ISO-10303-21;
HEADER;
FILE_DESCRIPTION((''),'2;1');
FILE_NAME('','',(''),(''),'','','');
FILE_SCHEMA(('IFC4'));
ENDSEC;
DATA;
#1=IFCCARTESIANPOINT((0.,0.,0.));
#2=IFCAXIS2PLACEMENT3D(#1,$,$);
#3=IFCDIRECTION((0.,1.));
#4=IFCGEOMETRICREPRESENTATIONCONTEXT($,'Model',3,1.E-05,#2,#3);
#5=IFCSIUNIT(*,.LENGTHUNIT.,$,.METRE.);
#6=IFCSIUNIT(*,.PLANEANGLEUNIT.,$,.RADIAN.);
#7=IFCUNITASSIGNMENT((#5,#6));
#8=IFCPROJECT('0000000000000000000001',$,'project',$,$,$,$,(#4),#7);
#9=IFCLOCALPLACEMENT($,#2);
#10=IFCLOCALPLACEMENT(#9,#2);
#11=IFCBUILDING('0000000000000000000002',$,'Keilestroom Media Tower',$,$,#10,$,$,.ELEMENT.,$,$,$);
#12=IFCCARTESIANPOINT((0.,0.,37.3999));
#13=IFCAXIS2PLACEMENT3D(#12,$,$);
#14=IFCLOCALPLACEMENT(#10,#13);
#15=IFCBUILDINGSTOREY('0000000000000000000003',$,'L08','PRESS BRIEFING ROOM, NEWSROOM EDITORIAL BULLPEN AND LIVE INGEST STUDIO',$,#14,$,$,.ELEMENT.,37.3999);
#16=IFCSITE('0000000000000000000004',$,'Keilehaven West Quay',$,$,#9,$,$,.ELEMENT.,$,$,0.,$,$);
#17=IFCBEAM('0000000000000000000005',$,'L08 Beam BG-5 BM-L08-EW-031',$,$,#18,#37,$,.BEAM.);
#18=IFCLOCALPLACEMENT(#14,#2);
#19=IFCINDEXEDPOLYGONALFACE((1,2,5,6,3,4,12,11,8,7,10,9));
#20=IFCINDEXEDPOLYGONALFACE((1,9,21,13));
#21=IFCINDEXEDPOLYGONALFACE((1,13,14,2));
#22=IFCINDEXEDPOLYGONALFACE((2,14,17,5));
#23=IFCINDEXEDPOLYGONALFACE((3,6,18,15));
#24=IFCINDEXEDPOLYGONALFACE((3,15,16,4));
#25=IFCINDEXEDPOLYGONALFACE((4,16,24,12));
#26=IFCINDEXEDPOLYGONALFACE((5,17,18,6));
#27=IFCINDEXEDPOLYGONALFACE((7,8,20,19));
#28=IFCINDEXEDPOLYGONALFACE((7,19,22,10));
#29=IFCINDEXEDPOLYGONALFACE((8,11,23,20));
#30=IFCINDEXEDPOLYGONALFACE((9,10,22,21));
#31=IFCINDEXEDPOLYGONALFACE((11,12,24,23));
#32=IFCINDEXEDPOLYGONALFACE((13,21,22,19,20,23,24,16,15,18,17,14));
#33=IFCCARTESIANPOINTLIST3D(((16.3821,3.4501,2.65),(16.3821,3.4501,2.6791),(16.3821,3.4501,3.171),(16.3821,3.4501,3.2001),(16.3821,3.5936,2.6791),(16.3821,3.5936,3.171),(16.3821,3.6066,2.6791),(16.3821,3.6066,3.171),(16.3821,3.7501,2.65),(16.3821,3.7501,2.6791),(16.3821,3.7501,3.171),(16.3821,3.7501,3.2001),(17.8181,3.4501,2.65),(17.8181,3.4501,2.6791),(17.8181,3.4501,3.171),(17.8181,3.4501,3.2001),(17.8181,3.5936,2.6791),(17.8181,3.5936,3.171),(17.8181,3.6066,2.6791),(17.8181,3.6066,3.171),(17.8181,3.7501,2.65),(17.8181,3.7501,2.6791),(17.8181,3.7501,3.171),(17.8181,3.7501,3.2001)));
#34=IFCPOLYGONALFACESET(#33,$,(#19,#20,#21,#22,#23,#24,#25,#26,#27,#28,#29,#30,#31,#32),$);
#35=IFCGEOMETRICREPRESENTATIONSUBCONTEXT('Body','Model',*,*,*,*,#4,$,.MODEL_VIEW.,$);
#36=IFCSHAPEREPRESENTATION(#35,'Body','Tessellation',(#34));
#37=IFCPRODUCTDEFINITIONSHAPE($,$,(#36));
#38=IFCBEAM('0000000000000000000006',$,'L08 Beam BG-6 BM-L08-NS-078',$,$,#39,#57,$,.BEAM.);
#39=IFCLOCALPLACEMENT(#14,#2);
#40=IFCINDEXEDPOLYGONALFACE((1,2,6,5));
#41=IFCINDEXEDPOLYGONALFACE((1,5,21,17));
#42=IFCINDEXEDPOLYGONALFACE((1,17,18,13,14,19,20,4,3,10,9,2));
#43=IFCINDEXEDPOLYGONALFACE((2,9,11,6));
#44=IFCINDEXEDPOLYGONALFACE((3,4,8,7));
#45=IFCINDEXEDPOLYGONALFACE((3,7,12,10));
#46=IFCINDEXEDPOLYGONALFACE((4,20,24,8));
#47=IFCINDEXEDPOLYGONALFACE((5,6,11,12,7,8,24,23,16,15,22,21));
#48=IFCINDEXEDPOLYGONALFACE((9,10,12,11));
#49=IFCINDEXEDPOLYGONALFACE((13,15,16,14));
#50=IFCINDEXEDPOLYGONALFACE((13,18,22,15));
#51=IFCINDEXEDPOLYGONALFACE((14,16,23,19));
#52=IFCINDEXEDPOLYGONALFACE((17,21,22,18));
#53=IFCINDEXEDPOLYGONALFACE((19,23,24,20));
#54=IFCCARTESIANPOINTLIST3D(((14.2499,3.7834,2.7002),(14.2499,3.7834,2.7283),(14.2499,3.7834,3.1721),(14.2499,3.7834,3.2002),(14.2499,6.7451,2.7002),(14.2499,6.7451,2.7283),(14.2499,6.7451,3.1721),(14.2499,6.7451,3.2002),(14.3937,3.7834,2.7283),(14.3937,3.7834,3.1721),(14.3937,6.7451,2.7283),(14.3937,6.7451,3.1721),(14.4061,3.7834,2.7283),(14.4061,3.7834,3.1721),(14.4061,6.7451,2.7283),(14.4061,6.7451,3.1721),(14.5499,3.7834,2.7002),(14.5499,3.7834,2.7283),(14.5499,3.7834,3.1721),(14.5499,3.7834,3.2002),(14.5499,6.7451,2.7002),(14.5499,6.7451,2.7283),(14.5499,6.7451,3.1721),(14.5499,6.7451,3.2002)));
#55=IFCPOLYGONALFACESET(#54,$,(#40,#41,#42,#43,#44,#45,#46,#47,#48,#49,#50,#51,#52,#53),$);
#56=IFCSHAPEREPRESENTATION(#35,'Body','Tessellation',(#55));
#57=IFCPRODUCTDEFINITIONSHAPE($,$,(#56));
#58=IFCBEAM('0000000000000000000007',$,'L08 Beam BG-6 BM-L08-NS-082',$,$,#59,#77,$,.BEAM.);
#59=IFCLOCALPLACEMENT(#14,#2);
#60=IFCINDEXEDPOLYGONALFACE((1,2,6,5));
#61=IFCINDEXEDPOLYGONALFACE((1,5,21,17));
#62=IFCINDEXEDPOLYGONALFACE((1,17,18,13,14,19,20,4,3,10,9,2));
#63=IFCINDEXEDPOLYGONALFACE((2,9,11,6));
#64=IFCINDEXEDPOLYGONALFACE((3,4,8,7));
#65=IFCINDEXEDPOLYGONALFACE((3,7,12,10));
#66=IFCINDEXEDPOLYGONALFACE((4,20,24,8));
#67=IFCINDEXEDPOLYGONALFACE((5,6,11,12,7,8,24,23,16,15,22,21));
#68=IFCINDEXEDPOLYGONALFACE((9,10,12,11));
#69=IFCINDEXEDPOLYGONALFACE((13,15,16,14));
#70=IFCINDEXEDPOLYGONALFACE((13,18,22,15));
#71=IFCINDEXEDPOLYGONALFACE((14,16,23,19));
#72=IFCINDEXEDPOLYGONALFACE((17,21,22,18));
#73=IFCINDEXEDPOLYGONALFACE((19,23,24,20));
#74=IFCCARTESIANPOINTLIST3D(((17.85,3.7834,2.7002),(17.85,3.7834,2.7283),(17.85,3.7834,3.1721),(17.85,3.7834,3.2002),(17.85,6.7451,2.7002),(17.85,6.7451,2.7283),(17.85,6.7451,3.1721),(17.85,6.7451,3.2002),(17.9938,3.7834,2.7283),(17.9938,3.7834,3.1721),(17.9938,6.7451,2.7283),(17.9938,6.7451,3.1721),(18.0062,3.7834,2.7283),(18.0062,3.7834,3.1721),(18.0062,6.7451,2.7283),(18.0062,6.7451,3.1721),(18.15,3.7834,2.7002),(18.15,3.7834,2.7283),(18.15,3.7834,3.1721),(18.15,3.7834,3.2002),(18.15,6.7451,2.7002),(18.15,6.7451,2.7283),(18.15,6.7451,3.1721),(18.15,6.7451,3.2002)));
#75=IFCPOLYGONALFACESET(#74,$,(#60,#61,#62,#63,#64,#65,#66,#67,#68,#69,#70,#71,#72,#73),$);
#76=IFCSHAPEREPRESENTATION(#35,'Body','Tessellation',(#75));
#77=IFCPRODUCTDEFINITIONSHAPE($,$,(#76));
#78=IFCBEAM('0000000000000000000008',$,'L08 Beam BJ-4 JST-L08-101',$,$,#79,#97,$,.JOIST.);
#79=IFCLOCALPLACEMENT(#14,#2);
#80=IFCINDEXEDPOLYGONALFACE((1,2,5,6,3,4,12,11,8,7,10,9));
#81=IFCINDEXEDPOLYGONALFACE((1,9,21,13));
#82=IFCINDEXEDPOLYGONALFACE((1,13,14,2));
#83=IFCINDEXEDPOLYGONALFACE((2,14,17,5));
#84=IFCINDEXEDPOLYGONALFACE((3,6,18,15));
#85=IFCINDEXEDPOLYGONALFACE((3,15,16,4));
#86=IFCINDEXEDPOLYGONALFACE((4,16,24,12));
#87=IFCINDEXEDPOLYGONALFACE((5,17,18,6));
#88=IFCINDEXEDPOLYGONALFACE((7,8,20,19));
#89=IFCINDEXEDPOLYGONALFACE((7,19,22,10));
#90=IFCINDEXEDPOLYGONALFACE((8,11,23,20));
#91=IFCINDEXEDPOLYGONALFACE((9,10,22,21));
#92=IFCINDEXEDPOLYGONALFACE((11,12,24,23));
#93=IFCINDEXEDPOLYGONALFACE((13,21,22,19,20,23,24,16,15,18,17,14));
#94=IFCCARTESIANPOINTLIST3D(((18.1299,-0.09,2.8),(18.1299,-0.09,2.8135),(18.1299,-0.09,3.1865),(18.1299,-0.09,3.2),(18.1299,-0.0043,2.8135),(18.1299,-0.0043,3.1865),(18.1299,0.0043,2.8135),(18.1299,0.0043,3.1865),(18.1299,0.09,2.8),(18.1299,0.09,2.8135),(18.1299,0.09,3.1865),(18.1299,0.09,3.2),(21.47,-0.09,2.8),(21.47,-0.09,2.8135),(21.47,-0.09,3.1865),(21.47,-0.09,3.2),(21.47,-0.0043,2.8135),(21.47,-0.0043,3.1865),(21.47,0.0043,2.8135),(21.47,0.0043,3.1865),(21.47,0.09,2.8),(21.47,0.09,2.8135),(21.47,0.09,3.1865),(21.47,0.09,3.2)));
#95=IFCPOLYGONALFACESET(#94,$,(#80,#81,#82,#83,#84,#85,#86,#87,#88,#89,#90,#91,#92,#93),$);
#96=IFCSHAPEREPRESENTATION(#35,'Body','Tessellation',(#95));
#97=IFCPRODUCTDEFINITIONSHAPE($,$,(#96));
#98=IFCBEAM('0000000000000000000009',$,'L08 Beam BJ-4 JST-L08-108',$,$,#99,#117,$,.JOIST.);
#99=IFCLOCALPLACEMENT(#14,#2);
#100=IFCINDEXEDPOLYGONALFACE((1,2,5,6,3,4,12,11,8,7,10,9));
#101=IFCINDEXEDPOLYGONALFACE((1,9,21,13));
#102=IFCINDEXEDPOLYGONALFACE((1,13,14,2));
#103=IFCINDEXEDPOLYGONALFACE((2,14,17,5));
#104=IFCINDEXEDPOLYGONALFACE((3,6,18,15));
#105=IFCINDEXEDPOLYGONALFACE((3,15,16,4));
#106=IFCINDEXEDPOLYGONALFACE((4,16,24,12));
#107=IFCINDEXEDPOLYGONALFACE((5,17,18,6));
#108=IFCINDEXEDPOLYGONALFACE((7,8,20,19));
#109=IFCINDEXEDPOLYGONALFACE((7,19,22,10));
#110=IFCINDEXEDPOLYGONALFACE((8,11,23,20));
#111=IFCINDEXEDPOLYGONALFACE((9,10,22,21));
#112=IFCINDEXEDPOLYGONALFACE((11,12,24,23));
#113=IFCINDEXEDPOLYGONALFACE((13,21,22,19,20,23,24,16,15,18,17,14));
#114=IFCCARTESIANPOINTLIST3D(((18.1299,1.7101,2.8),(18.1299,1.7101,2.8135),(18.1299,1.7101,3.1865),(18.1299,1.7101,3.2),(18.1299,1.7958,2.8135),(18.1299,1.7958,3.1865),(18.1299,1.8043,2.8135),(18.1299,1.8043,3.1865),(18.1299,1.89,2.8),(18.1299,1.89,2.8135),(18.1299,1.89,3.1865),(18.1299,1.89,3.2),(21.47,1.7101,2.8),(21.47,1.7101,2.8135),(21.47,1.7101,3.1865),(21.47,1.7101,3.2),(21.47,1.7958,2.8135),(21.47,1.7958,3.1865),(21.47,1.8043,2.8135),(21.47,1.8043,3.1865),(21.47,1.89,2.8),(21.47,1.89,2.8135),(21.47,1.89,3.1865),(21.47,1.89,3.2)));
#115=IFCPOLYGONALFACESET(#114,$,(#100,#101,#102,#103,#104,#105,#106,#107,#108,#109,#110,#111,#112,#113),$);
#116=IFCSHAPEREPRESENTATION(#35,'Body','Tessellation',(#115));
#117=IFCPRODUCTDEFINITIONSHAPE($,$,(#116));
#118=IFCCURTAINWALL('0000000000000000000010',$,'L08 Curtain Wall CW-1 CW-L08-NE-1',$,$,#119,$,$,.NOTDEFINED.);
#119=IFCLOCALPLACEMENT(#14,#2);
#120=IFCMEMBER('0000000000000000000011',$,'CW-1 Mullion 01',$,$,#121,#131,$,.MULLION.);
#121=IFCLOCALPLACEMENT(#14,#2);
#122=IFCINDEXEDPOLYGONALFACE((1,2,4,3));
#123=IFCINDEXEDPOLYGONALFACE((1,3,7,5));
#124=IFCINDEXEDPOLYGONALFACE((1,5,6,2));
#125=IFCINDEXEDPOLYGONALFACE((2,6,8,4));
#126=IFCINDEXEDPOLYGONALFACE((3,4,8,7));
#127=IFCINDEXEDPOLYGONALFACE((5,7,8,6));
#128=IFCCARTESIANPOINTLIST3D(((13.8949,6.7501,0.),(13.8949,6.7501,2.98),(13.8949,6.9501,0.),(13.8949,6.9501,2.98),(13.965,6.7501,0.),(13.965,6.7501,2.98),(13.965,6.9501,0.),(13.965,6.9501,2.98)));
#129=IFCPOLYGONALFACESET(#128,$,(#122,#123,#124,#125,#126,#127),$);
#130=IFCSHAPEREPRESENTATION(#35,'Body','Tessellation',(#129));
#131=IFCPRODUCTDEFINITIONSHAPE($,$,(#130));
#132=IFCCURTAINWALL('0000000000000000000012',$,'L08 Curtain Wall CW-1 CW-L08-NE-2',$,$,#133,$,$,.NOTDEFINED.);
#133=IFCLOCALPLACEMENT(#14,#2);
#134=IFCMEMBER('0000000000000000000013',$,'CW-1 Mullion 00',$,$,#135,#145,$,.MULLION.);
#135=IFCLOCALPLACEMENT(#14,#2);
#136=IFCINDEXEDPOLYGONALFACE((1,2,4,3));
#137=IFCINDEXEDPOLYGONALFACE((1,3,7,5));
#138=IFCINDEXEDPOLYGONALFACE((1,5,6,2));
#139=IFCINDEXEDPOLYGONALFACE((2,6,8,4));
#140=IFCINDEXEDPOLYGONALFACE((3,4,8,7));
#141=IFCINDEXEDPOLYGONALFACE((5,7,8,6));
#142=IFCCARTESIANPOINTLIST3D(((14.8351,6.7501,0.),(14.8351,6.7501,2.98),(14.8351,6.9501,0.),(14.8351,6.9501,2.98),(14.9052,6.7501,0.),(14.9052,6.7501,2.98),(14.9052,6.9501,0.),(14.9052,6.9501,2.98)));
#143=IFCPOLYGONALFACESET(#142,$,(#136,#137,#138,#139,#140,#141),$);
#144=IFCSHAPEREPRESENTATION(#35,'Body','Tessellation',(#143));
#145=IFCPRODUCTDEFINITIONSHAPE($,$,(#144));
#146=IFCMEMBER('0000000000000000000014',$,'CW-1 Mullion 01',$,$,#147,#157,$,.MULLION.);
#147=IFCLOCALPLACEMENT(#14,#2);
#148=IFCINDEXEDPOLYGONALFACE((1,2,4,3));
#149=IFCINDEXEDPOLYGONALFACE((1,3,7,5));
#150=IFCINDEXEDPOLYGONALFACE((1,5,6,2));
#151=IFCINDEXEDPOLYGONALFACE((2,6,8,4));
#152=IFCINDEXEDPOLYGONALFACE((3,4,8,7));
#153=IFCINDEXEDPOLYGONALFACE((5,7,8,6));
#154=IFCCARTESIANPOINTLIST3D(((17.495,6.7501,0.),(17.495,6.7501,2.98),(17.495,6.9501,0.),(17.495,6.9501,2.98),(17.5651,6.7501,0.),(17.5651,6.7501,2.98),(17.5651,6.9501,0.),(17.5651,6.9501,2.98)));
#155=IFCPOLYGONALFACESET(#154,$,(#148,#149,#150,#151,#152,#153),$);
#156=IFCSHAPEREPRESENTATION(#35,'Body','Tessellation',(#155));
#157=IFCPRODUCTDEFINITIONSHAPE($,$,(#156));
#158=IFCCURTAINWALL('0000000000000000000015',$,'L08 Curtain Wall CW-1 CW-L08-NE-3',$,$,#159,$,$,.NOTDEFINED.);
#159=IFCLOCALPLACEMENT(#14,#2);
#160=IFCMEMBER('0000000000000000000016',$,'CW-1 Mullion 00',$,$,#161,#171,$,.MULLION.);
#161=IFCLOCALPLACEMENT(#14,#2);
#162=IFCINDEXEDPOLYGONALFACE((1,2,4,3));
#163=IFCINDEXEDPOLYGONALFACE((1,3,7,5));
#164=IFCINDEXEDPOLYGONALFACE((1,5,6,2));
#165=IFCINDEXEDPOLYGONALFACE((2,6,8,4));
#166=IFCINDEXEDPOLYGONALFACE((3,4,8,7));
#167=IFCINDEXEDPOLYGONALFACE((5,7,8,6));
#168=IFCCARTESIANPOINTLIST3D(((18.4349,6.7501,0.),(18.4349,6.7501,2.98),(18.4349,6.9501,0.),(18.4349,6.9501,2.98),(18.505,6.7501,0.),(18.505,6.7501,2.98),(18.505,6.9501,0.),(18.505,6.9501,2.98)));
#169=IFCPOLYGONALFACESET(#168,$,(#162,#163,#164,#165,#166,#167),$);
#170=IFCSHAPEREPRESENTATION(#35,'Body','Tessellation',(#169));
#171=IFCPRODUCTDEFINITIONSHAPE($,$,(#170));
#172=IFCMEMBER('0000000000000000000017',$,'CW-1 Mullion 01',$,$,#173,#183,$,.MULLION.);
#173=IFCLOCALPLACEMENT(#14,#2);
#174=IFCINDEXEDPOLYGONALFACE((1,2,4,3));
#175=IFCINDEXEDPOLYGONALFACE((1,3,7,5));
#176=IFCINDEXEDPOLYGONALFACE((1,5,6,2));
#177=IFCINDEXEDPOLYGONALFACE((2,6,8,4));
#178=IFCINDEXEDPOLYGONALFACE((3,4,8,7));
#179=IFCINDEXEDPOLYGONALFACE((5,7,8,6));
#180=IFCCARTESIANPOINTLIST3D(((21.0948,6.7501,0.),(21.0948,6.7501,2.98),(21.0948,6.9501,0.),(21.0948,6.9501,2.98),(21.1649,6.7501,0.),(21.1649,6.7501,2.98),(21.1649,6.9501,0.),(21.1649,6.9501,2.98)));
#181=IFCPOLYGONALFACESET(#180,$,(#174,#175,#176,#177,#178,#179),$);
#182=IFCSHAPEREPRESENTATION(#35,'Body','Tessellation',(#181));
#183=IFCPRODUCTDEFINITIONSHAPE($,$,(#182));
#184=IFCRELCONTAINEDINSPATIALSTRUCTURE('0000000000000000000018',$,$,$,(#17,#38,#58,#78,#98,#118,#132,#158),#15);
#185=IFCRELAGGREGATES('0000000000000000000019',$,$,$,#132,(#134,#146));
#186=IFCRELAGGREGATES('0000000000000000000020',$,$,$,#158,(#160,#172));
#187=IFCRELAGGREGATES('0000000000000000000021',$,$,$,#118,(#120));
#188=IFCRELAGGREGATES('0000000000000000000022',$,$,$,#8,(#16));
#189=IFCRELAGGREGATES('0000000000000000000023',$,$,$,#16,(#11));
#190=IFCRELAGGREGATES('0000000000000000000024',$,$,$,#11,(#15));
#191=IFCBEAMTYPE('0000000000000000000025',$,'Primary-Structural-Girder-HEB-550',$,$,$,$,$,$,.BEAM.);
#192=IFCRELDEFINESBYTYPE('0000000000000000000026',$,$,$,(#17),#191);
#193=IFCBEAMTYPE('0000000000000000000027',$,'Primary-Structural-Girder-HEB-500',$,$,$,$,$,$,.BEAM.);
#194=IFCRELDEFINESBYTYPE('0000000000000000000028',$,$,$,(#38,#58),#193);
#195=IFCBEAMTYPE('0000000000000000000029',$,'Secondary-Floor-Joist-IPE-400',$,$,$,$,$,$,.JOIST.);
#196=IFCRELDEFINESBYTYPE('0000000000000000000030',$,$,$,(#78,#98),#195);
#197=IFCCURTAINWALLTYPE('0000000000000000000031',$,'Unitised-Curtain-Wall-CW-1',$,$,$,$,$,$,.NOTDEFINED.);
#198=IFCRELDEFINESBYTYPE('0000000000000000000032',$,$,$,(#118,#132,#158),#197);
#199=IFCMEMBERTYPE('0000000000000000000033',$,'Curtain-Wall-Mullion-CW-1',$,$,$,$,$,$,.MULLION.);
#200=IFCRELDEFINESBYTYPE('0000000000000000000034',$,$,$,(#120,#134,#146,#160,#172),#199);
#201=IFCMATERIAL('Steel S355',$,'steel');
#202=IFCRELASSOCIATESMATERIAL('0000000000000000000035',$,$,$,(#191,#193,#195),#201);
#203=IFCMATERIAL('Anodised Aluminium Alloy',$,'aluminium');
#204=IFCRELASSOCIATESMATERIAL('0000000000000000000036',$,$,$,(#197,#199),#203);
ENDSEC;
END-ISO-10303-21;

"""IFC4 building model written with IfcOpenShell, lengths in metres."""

from ifc_helpers import new_model, si_unit, direction, frame, origin, origin_2d, place, context, subcontext, project, spatial, rectangle, i_section, extrude, source, transform, mapped, material, material_profile, profile_set, type_object, element, aggregate, save


model = new_model("IFC4")

# Units and contexts
model_context = context("Model", 3, precision=1e-05, world=origin(), true_north=direction((0.0, 1.0)))
body_context = subcontext(model_context, "Body", "Model", "MODEL_VIEW")
ifc_project = project(units=[si_unit("LENGTHUNIT", "METRE"), si_unit("PLANEANGLEUNIT", "RADIAN")], contexts=[model_context])

# Site, building, storey
site_placement = place(None, origin())
site = spatial("IfcSite", under=ifc_project, at=site_placement, Name="Keilehaven West Quay", CompositionType="ELEMENT", RefElevation=0.0)
building_placement = place(site_placement, origin())
building = spatial("IfcBuilding", under=site, at=building_placement, Name="Keilestroom Media Tower", CompositionType="ELEMENT")
storey_placement = place(building_placement, frame((0.0, 0.0, 37.3999)))
storey = spatial("IfcBuildingStorey", under=building, at=storey_placement, Name="L08", Description="PRESS BRIEFING ROOM, NEWSROOM EDITORIAL BULLPEN AND LIVE INGEST STUDIO", CompositionType="ELEMENT", Elevation=37.3999)

# Beams
ifc_material_1 = material(Name="Steel S355", Category="steel")
ifc_material_profile_1 = material_profile(ifc_material_1, i_section(OverallWidth=0.3, OverallDepth=0.55, WebThickness=0.0129, FlangeThickness=0.0291, at=origin_2d()), Name="HEB 550")
ifc_profile_set_1 = profile_set([ifc_material_profile_1], Name="Steel S355")
beam_type_1 = type_object("IfcBeamType", Name="Primary-Structural-Girder-HEB-550", PredefinedType="BEAM", material=ifc_profile_set_1)
shared_shape_1 = source(origin(), body_context, "Body", "SweptSolid", [
    extrude(i_section(OverallWidth=0.3, OverallDepth=0.55, WebThickness=0.0129, FlangeThickness=0.0291, at=origin_2d()), origin(), (0.0, 0.0, 1.0), 1.436),
])
for number, where, z_axis, x_axis, name in (
    (1, (16.3821, 3.6001, 2.925), (1.0, 0.0, 0.0), (0.0, 1.0, 0.0), "L08 Beam BG-5 BM-L08-EW-031"),
):
    element("IfcBeam", number, at=place(storey_placement, frame(where, z_axis=z_axis, x_axis=x_axis)), inside=storey, type_object=beam_type_1, Name=name, PredefinedType="BEAM", context=body_context, shape_type="MappedRepresentation", body=[
        mapped(shared_shape_1, transform((0.0, 0.0, 0.0), x_axis=(1.0, 0.0, 0.0), y_axis=(0.0, 1.0, 0.0), z_axis=(0.0, 0.0, 1.0), scale=1.0)),
    ])
ifc_material_profile_2 = material_profile(ifc_material_1, i_section(OverallWidth=0.3, OverallDepth=0.5, WebThickness=0.0125, FlangeThickness=0.0281, at=origin_2d()), Name="HEB 500")
ifc_profile_set_2 = profile_set([ifc_material_profile_2], Name="Steel S355")
beam_type_2 = type_object("IfcBeamType", Name="Primary-Structural-Girder-HEB-500", PredefinedType="BEAM", material=ifc_profile_set_2)
shared_shape_2 = source(origin(), body_context, "Body", "SweptSolid", [
    extrude(i_section(OverallWidth=0.3, OverallDepth=0.5, WebThickness=0.0125, FlangeThickness=0.0281, at=origin_2d()), origin(), (0.0, 0.0, 1.0), 2.9617),
])
for number, where, z_axis, x_axis, name in (
    (2, (14.3999, 3.7834, 2.9502), (0.0, 1.0, 0.0), (-1.0, 0.0, 0.0), "L08 Beam BG-6 BM-L08-NS-078"),
    (3, (18.0, 3.7834, 2.9502), (0.0, 1.0, 0.0), (-1.0, 0.0, 0.0), "L08 Beam BG-6 BM-L08-NS-082"),
):
    element("IfcBeam", number, at=place(storey_placement, frame(where, z_axis=z_axis, x_axis=x_axis)), inside=storey, type_object=beam_type_2, Name=name, PredefinedType="BEAM", context=body_context, shape_type="MappedRepresentation", body=[
        mapped(shared_shape_2, transform((0.0, 0.0, 0.0), x_axis=(1.0, 0.0, 0.0), y_axis=(0.0, 1.0, 0.0), z_axis=(0.0, 0.0, 1.0), scale=1.0)),
    ])
ifc_material_profile_3 = material_profile(ifc_material_1, i_section(OverallWidth=0.1799, OverallDepth=0.3999, WebThickness=0.0085, FlangeThickness=0.0134, at=origin_2d()), Name="IPE 400")
ifc_profile_set_3 = profile_set([ifc_material_profile_3], Name="Steel S355")
beam_type_3 = type_object("IfcBeamType", Name="Secondary-Floor-Joist-IPE-400", PredefinedType="JOIST", material=ifc_profile_set_3)
shared_shape_3 = source(origin(), body_context, "Body", "SweptSolid", [
    extrude(i_section(OverallWidth=0.1799, OverallDepth=0.3999, WebThickness=0.0085, FlangeThickness=0.0134, at=origin_2d()), origin(), (0.0, 0.0, 1.0), 3.3401),
])
for number, where, z_axis, x_axis, name in (
    (4, (18.1299, 0.0, 3.0), (1.0, 0.0, 0.0), (0.0, 1.0, 0.0), "L08 Beam BJ-4 JST-L08-101"),
    (5, (18.1299, 1.8, 3.0), (1.0, 0.0, 0.0), (0.0, 1.0, 0.0), "L08 Beam BJ-4 JST-L08-108"),
):
    element("IfcBeam", number, at=place(storey_placement, frame(where, z_axis=z_axis, x_axis=x_axis)), inside=storey, type_object=beam_type_3, Name=name, PredefinedType="JOIST", context=body_context, shape_type="MappedRepresentation", body=[
        mapped(shared_shape_3, transform((0.0, 0.0, 0.0), x_axis=(1.0, 0.0, 0.0), y_axis=(0.0, 1.0, 0.0), z_axis=(0.0, 0.0, 1.0), scale=1.0)),
    ])

# Curtain wall, member
ifc_material_2 = material(Name="Anodised Aluminium Alloy", Category="aluminium")
curtain_wall_type = type_object("IfcCurtainWallType", Name="Unitised-Curtain-Wall-CW-1", PredefinedType="NOTDEFINED", material=ifc_material_2)
curtain_wall_1_placement = place(storey_placement, origin())
curtain_wall_1 = element("IfcCurtainWall", 6, at=curtain_wall_1_placement, inside=storey, type_object=curtain_wall_type, Name="L08 Curtain Wall CW-1 CW-L08-NE-1", PredefinedType="NOTDEFINED")
ifc_material_profile_4 = material_profile(ifc_material_2, rectangle(XDim=0.0701, YDim=0.2, at=origin_2d()), Name="ALU MULLION 70x200")
ifc_profile_set_4 = profile_set([ifc_material_profile_4], Name="Anodised Aluminium Alloy")
member_type_1 = type_object("IfcMemberType", Name="Curtain-Wall-Mullion-CW-1", PredefinedType="MULLION", material=ifc_profile_set_4)
shared_shape_4 = source(origin(), body_context, "Body", "SweptSolid", [
    extrude(rectangle(XDim=0.0701, YDim=0.2, at=origin_2d()), origin(), (0.0, 0.0, 1.0), 2.98),
])
member_1_placement = place(storey_placement, frame((13.9299, 6.8501, 0.0), z_axis=(0.0, 0.0, 1.0), x_axis=(1.0, 0.0, 0.0)))
member_1 = element("IfcMember", 7, at=member_1_placement, type_object=member_type_1, Name="CW-1 Mullion 01", PredefinedType="MULLION", context=body_context, shape_type="MappedRepresentation", body=[
    mapped(shared_shape_4, transform((0.0, 0.0, 0.0), x_axis=(1.0, 0.0, 0.0), y_axis=(0.0, 1.0, 0.0), z_axis=(0.0, 0.0, 1.0), scale=1.0)),
])

# Curtain walls, members
curtain_wall_2_placement = place(storey_placement, origin())
curtain_wall_2 = element("IfcCurtainWall", 8, at=curtain_wall_2_placement, inside=storey, type_object=curtain_wall_type, Name="L08 Curtain Wall CW-1 CW-L08-NE-2", PredefinedType="NOTDEFINED")
member_2_placement = place(storey_placement, frame((14.8701, 6.8501, 0.0), z_axis=(0.0, 0.0, 1.0), x_axis=(1.0, 0.0, 0.0)))
member_2 = element("IfcMember", 9, at=member_2_placement, type_object=member_type_1, Name="CW-1 Mullion 00", PredefinedType="MULLION", context=body_context, shape_type="MappedRepresentation", body=[
    mapped(shared_shape_4, transform((0.0, 0.0, 0.0), x_axis=(1.0, 0.0, 0.0), y_axis=(0.0, 1.0, 0.0), z_axis=(0.0, 0.0, 1.0), scale=1.0)),
])
member_3_placement = place(storey_placement, frame((17.53, 6.8501, 0.0), z_axis=(0.0, 0.0, 1.0), x_axis=(1.0, 0.0, 0.0)))
member_3 = element("IfcMember", 10, at=member_3_placement, type_object=member_type_1, Name="CW-1 Mullion 01", PredefinedType="MULLION", context=body_context, shape_type="MappedRepresentation", body=[
    mapped(shared_shape_4, transform((0.0, 0.0, 0.0), x_axis=(1.0, 0.0, 0.0), y_axis=(0.0, 1.0, 0.0), z_axis=(0.0, 0.0, 1.0), scale=1.0)),
])
curtain_wall_3_placement = place(storey_placement, origin())
curtain_wall_3 = element("IfcCurtainWall", 11, at=curtain_wall_3_placement, inside=storey, type_object=curtain_wall_type, Name="L08 Curtain Wall CW-1 CW-L08-NE-3", PredefinedType="NOTDEFINED")
member_4_placement = place(storey_placement, frame((18.47, 6.8501, 0.0), z_axis=(0.0, 0.0, 1.0), x_axis=(1.0, 0.0, 0.0)))
member_4 = element("IfcMember", 12, at=member_4_placement, type_object=member_type_1, Name="CW-1 Mullion 00", PredefinedType="MULLION", context=body_context, shape_type="MappedRepresentation", body=[
    mapped(shared_shape_4, transform((0.0, 0.0, 0.0), x_axis=(1.0, 0.0, 0.0), y_axis=(0.0, 1.0, 0.0), z_axis=(0.0, 0.0, 1.0), scale=1.0)),
])
member_5_placement = place(storey_placement, frame((21.1299, 6.8501, 0.0), z_axis=(0.0, 0.0, 1.0), x_axis=(1.0, 0.0, 0.0)))
member_5 = element("IfcMember", 13, at=member_5_placement, type_object=member_type_1, Name="CW-1 Mullion 01", PredefinedType="MULLION", context=body_context, shape_type="MappedRepresentation", body=[
    mapped(shared_shape_4, transform((0.0, 0.0, 0.0), x_axis=(1.0, 0.0, 0.0), y_axis=(0.0, 1.0, 0.0), z_axis=(0.0, 0.0, 1.0), scale=1.0)),
])

aggregate(curtain_wall_2, [member_2, member_3])
aggregate(curtain_wall_3, [member_4, member_5])
aggregate(curtain_wall_1, [member_1])

save(model, "model.ifc")
